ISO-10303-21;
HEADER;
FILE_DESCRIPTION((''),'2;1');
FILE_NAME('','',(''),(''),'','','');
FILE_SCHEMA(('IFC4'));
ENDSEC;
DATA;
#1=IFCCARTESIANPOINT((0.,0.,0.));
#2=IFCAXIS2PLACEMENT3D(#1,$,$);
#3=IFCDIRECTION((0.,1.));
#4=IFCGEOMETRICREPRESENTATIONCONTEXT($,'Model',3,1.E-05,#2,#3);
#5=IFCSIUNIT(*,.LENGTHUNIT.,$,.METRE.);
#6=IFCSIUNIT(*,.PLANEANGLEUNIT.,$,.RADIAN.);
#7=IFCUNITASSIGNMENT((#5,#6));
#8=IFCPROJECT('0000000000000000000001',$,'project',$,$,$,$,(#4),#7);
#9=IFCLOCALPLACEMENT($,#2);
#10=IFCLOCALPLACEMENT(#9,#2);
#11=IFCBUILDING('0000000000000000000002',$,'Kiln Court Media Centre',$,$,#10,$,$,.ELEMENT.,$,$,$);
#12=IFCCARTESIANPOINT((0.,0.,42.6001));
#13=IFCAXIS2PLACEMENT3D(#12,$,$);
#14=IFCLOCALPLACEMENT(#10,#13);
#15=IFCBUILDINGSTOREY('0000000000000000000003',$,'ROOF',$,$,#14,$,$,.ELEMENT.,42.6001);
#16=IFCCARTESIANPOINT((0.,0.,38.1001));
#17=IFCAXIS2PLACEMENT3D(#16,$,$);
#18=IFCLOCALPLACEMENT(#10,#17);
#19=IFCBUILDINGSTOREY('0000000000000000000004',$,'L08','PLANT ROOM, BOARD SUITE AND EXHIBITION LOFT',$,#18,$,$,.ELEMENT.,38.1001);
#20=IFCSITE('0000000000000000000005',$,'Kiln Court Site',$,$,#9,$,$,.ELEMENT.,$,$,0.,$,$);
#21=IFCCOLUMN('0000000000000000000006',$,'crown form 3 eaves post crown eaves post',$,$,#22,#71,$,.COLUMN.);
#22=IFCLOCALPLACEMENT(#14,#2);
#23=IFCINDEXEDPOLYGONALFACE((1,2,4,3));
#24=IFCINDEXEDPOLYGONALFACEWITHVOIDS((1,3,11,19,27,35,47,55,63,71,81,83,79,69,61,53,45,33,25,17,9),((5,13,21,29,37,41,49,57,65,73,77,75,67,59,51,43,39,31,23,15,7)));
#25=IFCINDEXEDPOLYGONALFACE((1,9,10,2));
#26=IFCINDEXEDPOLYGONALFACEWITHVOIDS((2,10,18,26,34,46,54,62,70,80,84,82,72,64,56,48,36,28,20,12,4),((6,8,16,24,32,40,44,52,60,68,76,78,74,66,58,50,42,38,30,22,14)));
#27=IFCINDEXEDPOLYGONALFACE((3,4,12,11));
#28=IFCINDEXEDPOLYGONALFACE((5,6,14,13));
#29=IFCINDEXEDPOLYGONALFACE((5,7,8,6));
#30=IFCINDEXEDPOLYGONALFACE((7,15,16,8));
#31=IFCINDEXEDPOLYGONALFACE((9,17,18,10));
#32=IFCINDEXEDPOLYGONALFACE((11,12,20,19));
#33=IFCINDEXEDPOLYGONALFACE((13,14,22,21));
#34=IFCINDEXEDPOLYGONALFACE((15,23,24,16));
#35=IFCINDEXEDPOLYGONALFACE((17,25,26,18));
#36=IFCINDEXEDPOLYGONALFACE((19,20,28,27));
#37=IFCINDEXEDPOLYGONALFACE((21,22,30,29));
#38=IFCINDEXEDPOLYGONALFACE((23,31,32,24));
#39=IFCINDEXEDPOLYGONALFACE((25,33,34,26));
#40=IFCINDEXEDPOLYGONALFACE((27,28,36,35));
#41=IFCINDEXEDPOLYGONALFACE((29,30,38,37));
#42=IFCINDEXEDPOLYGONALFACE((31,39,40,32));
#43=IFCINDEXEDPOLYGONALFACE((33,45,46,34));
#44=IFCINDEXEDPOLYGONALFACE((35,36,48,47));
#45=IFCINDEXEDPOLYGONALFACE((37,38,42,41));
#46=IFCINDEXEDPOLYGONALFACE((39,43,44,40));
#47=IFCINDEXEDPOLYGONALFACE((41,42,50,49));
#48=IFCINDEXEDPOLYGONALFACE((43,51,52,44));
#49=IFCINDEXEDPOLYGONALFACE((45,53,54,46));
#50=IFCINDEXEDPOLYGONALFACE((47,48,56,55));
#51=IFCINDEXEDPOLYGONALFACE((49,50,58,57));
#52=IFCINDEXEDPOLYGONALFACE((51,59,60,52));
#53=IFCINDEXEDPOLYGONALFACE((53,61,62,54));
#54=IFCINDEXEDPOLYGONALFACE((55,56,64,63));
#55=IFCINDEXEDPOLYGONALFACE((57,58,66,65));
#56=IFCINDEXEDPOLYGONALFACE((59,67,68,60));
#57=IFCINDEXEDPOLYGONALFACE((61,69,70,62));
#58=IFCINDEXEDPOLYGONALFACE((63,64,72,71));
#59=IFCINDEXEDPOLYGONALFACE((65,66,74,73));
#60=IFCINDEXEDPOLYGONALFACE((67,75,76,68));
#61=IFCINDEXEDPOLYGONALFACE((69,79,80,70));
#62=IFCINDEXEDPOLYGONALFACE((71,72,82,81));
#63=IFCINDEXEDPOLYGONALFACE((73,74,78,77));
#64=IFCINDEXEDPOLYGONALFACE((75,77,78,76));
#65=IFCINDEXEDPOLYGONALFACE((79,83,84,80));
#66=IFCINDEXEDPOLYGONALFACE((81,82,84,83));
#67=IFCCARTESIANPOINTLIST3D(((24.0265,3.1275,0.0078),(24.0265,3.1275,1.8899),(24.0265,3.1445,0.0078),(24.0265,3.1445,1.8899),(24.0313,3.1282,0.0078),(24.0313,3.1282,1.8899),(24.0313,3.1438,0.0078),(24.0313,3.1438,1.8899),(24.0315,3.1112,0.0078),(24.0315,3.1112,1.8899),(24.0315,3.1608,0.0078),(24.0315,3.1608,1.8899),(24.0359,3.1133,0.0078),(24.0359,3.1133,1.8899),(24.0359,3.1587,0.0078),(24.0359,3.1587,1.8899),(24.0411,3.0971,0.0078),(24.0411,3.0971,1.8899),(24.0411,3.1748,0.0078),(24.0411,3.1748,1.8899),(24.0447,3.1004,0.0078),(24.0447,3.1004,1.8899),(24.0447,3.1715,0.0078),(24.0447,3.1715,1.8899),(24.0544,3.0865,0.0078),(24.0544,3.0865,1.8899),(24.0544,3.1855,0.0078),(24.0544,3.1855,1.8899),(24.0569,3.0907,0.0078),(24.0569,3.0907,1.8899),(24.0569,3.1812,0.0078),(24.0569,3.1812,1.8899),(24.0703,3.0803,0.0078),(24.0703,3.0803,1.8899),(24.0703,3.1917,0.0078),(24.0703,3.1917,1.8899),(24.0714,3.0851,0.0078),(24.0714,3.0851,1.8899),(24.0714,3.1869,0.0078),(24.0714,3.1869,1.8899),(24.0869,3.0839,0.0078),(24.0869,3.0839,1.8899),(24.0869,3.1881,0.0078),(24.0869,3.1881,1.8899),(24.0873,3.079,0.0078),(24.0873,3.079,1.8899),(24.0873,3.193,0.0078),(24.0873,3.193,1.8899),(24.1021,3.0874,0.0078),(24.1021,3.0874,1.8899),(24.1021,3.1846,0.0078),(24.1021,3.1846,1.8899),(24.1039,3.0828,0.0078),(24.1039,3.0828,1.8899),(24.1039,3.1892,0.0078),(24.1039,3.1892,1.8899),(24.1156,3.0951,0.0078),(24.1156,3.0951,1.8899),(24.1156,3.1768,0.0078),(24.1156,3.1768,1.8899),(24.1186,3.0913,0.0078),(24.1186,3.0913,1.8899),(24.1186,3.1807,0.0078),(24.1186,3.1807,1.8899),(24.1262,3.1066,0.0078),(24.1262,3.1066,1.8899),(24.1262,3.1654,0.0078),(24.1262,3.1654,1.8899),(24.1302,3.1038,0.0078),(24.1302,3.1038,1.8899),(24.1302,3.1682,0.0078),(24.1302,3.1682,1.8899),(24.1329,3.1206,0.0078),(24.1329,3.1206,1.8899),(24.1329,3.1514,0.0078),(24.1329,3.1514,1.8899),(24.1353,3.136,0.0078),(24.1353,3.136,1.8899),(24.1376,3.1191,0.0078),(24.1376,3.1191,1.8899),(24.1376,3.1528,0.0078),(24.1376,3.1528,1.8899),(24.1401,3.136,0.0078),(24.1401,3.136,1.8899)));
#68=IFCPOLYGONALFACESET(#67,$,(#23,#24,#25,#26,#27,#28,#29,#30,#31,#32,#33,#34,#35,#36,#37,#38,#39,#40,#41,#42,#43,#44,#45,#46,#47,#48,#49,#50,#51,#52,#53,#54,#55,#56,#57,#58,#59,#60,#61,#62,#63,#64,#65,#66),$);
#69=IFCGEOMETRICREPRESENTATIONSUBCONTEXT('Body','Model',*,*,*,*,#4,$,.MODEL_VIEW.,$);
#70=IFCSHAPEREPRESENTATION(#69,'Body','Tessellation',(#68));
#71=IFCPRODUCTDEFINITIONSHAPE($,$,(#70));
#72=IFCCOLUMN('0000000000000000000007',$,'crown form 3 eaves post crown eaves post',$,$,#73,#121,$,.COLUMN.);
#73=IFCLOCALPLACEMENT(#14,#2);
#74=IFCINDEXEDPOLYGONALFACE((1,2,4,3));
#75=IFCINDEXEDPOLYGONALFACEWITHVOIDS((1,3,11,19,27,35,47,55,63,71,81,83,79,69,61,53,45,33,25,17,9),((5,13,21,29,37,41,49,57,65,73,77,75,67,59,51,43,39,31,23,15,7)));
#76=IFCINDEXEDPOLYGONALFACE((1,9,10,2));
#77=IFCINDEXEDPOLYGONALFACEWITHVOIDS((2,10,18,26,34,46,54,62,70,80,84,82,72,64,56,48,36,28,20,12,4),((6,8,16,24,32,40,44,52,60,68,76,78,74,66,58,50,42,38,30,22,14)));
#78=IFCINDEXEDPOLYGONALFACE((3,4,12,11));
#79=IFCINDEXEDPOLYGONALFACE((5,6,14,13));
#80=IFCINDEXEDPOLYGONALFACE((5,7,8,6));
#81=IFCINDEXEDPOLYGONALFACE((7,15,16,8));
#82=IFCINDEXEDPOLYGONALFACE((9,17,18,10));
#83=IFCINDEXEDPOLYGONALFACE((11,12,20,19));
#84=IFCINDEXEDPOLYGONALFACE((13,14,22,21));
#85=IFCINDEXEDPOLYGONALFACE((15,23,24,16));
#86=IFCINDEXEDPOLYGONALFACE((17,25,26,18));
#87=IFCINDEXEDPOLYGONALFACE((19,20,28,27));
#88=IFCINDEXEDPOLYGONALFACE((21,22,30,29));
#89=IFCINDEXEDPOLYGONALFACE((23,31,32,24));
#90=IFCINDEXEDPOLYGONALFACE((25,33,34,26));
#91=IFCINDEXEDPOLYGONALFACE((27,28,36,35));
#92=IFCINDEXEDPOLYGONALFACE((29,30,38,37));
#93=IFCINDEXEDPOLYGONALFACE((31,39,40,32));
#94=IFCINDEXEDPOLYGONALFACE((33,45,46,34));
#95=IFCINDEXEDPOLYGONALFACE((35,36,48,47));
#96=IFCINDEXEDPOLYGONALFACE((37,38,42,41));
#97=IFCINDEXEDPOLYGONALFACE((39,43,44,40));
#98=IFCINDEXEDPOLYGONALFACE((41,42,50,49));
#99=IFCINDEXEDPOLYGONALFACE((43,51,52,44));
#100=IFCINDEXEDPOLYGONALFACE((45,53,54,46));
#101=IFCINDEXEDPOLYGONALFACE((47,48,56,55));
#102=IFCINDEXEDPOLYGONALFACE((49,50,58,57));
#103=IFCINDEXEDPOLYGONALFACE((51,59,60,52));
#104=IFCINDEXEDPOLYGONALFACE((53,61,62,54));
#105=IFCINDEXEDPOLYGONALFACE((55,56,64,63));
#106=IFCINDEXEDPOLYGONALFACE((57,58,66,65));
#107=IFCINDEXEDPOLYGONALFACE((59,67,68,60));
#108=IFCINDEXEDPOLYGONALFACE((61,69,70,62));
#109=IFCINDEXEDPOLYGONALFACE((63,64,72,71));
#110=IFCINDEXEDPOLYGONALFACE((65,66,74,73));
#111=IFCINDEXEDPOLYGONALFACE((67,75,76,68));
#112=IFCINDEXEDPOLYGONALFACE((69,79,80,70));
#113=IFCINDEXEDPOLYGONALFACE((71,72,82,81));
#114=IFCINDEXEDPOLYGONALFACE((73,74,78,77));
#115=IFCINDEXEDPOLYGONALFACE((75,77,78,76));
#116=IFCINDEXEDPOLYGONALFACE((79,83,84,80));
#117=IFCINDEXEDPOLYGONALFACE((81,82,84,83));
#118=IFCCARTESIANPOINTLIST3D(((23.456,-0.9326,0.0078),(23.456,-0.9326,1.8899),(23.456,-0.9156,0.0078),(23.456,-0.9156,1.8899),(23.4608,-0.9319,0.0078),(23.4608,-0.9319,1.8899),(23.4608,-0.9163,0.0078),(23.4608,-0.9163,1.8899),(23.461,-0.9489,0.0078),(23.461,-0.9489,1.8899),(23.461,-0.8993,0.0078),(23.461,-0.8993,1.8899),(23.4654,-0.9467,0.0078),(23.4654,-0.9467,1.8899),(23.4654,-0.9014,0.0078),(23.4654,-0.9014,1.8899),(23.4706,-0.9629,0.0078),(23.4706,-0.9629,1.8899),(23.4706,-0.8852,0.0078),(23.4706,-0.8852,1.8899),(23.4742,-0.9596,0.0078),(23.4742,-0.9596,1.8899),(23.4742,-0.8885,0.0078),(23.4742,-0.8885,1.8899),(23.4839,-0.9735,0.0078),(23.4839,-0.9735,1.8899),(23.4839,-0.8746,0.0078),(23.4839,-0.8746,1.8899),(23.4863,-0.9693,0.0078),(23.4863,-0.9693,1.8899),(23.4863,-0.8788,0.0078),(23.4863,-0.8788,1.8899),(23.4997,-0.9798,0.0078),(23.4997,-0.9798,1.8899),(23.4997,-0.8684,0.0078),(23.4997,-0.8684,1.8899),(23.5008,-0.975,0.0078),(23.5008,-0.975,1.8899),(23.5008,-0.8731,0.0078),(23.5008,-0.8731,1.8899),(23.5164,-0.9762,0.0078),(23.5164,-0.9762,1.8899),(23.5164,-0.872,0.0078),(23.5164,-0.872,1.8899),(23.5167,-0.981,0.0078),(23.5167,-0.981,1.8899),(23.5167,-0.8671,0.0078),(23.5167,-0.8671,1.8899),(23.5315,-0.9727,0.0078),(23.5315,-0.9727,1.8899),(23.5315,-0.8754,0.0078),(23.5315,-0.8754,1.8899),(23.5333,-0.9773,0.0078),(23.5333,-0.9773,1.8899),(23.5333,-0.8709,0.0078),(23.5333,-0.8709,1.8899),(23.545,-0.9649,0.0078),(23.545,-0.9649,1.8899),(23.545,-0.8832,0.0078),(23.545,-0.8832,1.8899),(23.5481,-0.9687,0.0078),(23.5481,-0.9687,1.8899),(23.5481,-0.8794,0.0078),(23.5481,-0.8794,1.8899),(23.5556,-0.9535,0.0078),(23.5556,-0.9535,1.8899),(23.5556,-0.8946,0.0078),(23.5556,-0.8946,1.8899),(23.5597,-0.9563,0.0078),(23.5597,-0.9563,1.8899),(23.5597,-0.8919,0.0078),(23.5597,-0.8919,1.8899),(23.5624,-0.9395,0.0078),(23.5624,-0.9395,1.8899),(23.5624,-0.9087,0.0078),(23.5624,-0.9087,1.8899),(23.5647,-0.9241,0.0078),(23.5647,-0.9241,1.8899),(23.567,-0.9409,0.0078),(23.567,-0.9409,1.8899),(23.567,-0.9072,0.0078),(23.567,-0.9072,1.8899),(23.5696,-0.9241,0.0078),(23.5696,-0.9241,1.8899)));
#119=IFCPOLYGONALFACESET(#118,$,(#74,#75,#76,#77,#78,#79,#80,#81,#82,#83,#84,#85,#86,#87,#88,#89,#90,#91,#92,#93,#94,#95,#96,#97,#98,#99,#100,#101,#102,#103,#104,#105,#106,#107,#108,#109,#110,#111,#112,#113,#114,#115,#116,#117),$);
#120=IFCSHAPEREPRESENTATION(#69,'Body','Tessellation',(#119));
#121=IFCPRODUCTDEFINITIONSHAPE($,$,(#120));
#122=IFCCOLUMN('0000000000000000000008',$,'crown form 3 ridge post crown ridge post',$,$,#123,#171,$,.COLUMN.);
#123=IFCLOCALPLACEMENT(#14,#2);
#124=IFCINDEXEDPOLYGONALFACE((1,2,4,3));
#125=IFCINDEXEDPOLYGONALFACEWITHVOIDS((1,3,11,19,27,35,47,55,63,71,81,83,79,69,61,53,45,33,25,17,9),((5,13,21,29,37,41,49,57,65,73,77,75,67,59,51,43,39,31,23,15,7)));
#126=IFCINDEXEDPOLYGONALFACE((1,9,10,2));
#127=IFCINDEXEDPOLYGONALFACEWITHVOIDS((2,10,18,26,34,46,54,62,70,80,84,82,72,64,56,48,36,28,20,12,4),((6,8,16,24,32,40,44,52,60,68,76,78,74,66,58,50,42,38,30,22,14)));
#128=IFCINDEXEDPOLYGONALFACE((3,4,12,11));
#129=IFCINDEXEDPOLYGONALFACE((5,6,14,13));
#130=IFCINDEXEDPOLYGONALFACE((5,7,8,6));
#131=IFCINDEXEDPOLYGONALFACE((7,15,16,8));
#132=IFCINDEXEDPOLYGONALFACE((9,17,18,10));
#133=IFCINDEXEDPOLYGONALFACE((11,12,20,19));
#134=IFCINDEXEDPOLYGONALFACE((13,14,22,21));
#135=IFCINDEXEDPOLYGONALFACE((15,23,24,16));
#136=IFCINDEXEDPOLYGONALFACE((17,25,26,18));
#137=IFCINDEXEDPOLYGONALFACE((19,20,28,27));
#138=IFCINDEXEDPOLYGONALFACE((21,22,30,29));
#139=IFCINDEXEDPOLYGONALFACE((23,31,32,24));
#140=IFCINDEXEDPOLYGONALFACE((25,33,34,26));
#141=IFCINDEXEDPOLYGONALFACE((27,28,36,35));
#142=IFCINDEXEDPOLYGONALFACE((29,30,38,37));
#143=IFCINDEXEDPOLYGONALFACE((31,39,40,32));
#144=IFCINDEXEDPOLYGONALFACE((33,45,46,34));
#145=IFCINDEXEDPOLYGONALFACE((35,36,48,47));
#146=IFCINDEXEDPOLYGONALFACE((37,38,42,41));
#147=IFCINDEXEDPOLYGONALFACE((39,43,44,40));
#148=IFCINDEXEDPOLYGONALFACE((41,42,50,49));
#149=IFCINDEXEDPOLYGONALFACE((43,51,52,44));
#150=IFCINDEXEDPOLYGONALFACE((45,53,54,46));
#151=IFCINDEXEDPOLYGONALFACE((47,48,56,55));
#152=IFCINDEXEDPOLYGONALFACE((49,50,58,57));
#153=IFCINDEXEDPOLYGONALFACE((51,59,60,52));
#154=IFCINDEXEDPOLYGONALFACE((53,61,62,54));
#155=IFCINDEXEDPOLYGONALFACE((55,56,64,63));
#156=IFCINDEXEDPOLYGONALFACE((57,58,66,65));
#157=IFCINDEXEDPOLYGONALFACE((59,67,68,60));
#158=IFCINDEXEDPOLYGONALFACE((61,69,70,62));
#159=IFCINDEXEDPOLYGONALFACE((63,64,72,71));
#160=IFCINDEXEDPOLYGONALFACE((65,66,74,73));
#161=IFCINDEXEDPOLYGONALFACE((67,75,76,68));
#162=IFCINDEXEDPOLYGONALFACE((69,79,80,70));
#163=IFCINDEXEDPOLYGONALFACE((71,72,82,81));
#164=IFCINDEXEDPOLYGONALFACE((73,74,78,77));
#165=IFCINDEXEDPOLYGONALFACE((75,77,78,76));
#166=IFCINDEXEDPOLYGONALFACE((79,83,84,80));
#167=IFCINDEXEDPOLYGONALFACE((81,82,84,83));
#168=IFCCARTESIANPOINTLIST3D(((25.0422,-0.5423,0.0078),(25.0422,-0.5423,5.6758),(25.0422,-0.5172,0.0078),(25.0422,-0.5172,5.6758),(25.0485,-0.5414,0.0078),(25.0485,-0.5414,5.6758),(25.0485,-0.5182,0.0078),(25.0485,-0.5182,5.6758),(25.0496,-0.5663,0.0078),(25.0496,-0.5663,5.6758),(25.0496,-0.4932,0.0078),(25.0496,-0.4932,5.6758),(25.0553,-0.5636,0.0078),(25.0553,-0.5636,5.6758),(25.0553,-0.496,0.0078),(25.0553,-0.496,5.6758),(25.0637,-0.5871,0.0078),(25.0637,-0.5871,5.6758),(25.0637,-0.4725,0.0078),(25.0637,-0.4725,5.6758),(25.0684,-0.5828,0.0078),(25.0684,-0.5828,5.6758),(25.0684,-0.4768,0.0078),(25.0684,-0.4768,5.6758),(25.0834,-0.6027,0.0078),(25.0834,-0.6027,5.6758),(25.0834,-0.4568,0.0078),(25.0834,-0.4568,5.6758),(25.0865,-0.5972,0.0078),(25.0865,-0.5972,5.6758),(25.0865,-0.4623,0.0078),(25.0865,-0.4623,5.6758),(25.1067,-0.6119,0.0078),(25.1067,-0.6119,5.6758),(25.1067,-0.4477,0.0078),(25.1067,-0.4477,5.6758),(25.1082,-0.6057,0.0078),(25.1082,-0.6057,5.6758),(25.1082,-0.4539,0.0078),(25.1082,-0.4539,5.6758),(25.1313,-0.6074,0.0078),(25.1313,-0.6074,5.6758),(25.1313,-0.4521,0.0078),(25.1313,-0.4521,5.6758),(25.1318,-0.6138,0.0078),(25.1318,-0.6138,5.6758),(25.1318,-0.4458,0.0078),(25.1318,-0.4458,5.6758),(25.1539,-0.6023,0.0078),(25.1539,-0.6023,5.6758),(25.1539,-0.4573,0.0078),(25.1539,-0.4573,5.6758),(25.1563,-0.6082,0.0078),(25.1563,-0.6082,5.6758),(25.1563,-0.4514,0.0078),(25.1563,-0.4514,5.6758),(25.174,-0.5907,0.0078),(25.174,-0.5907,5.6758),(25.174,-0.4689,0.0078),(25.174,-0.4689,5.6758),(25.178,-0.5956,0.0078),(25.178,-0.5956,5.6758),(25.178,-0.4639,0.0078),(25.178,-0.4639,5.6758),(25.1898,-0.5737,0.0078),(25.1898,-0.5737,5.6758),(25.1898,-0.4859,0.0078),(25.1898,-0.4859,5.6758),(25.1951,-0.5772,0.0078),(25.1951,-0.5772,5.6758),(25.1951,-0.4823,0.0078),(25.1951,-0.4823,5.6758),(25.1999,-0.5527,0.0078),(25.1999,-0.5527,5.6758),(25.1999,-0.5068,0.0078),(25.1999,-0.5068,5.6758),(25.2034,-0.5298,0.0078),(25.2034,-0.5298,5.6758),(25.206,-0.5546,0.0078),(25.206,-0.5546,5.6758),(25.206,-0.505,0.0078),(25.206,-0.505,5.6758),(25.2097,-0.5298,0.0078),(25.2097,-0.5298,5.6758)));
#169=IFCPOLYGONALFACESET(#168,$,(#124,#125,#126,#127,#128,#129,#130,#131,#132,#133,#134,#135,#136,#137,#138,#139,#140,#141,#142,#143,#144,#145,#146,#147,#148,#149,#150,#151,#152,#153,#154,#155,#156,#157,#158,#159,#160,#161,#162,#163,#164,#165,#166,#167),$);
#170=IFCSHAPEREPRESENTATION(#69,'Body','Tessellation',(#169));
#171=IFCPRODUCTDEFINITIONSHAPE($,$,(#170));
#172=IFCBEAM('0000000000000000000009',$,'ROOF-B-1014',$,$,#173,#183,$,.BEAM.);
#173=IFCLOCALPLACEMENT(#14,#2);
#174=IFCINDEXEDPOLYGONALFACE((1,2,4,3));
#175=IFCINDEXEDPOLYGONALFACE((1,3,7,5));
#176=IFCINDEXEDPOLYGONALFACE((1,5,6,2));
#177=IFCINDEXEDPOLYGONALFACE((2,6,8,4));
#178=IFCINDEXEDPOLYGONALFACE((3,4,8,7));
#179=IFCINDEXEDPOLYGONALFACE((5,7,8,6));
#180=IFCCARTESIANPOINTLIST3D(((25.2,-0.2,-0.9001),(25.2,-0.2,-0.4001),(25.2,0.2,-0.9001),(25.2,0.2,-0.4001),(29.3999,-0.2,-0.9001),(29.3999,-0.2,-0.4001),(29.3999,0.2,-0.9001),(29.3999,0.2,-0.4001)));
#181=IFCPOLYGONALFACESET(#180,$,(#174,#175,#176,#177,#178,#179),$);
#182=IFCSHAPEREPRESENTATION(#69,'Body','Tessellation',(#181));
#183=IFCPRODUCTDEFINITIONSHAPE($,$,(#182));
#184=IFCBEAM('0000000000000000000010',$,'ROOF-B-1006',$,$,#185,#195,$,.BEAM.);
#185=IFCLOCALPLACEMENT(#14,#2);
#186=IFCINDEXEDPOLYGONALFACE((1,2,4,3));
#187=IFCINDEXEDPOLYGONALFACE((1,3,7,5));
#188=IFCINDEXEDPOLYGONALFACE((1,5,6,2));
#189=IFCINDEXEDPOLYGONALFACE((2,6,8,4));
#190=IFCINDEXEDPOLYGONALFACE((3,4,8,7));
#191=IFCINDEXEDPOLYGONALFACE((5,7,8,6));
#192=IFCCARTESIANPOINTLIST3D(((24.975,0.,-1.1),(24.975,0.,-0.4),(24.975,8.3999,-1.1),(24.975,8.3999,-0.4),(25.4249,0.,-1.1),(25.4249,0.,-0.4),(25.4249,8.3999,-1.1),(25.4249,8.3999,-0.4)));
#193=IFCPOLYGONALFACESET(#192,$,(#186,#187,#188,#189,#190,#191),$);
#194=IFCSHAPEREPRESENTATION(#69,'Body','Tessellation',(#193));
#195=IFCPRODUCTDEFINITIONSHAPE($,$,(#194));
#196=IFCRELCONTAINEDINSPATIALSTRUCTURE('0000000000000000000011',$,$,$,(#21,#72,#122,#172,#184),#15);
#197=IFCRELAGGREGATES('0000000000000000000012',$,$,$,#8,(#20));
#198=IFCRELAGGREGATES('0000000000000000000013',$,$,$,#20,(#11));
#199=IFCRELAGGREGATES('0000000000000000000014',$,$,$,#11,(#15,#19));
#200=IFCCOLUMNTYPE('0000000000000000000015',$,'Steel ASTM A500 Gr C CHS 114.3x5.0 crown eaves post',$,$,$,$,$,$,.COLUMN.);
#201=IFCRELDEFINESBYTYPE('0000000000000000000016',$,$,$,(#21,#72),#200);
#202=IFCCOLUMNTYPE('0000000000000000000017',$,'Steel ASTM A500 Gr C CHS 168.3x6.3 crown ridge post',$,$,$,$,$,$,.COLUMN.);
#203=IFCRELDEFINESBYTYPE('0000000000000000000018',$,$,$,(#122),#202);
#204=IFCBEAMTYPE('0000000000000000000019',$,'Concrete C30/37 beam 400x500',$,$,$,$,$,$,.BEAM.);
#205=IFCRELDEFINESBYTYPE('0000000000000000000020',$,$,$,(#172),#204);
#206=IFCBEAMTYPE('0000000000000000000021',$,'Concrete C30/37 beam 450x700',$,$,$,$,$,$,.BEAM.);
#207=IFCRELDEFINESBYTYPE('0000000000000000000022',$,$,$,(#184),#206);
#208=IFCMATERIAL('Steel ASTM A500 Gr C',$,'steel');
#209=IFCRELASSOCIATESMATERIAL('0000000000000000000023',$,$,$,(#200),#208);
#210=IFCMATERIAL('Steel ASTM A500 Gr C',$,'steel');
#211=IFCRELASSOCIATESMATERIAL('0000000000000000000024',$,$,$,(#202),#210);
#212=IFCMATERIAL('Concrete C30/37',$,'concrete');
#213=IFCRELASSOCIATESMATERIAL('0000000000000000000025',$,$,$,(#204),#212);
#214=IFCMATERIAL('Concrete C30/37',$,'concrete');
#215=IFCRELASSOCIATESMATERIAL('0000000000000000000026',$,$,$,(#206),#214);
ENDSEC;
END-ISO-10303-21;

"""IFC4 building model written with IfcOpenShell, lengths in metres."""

from ifc_helpers import new_model, si_unit, direction, frame, origin, origin_2d, place, context, subcontext, project, spatial, rectangle, hollow_circle, extrude, material, material_profile, profile_set, type_object, element, save


model = new_model("IFC4")

# Units and contexts
model_context = context("Model", 3, precision=1e-05, world=origin(), true_north=direction((0.0, 1.0)))
body_context = subcontext(model_context, "Body", "Model", "MODEL_VIEW")
ifc_project = project(units=[si_unit("LENGTHUNIT", "METRE"), si_unit("PLANEANGLEUNIT", "RADIAN")], contexts=[model_context])

# Site, building, storey
site_placement = place(None, origin())
site = spatial("IfcSite", under=ifc_project, at=site_placement, Name="Kiln Court Site", CompositionType="ELEMENT", RefElevation=0.0)
building_placement = place(site_placement, origin())
building = spatial("IfcBuilding", under=site, at=building_placement, Name="Kiln Court Media Centre", CompositionType="ELEMENT")
storey_1_placement = place(building_placement, frame((0.0, 0.0, 42.6001)))
storey_1 = spatial("IfcBuildingStorey", under=building, at=storey_1_placement, Name="ROOF", CompositionType="ELEMENT", Elevation=42.6001)

# Columns
ifc_material_1 = material(Name="Steel ASTM A500 Gr C", Category="steel")
ifc_material_profile_1 = material_profile(ifc_material_1, hollow_circle(Radius=0.0571, WallThickness=0.0049, at=origin_2d()), Name="CHS 114.3x5.0")
ifc_profile_set_1 = profile_set([ifc_material_profile_1], Name="Steel ASTM A500 Gr C")
column_type_1 = type_object("IfcColumnType", Name="Steel ASTM A500 Gr C CHS 114.3x5.0 crown eaves post", PredefinedType="COLUMN", material=ifc_profile_set_1)
for number, where, z_axis, x_axis, name in (
    (1, (24.083, 3.136, 0.0078), (0.0, 0.0, 1.0), (1.0, 0.0, 0.0), "crown form 3 eaves post crown eaves post"),
    (2, (23.5125, -0.9241, 0.0078), (0.0, 0.0, 1.0), (1.0, 0.0, 0.0), "crown form 3 eaves post crown eaves post"),
):
    element("IfcColumn", number, at=place(storey_1_placement, frame(where, z_axis=z_axis, x_axis=x_axis)), inside=storey_1, type_object=column_type_1, Name=name, PredefinedType="COLUMN", context=body_context, shape_type="SweptSolid", body=[
        extrude(hollow_circle(Radius=0.0571, WallThickness=0.0049, at=origin_2d()), origin(), (0.0, 0.0, 1.0), 1.8821),
    ])
ifc_material_2 = material(Name="Steel ASTM A500 Gr C", Category="steel")
ifc_material_profile_2 = material_profile(ifc_material_2, hollow_circle(Radius=0.0842, WallThickness=0.0063, at=origin_2d()), Name="CHS 168.3x6.3")
ifc_profile_set_2 = profile_set([ifc_material_profile_2], Name="Steel ASTM A500 Gr C")
column_type_2 = type_object("IfcColumnType", Name="Steel ASTM A500 Gr C CHS 168.3x6.3 crown ridge post", PredefinedType="COLUMN", material=ifc_profile_set_2)
column_placement = place(storey_1_placement, frame((25.1255, -0.5298, 0.0078), z_axis=(0.0, 0.0, 1.0), x_axis=(1.0, 0.0, 0.0)))
element("IfcColumn", 3, at=column_placement, inside=storey_1, type_object=column_type_2, Name="crown form 3 ridge post crown ridge post", PredefinedType="COLUMN", context=body_context, shape_type="SweptSolid", body=[
    extrude(hollow_circle(Radius=0.0842, WallThickness=0.0063, at=origin_2d()), origin(), (0.0, 0.0, 1.0), 5.668),
])

# Beams
ifc_material_3 = material(Name="Concrete C30/37", Category="concrete")
ifc_material_profile_3 = material_profile(ifc_material_3, rectangle(XDim=0.3999, YDim=0.5, at=origin_2d()), Name="RC 400x500")
ifc_profile_set_3 = profile_set([ifc_material_profile_3], Name="Concrete C30/37")
beam_type_1 = type_object("IfcBeamType", Name="Concrete C30/37 beam 400x500", PredefinedType="BEAM", material=ifc_profile_set_3)
beam_1_placement = place(storey_1_placement, frame((25.2, 0.0, -0.6501), z_axis=(1.0, 0.0, 0.0), x_axis=(0.0, 1.0, 0.0)))
element("IfcBeam", 4, at=beam_1_placement, inside=storey_1, type_object=beam_type_1, Name="ROOF-B-1014", PredefinedType="BEAM", context=body_context, shape_type="SweptSolid", body=[
    extrude(rectangle(XDim=0.3999, YDim=0.5, at=origin_2d()), origin(), (0.0, 0.0, 1.0), 4.2),
])
ifc_material_4 = material(Name="Concrete C30/37", Category="concrete")
ifc_material_profile_4 = material_profile(ifc_material_4, rectangle(XDim=0.45, YDim=0.7, at=origin_2d()), Name="RC 450x700")
ifc_profile_set_4 = profile_set([ifc_material_profile_4], Name="Concrete C30/37")
beam_type_2 = type_object("IfcBeamType", Name="Concrete C30/37 beam 450x700", PredefinedType="BEAM", material=ifc_profile_set_4)
beam_2_placement = place(storey_1_placement, frame((25.2, 0.0, -0.75), z_axis=(0.0, 1.0, 0.0), x_axis=(-1.0, 0.0, 0.0)))
element("IfcBeam", 5, at=beam_2_placement, inside=storey_1, type_object=beam_type_2, Name="ROOF-B-1006", PredefinedType="BEAM", context=body_context, shape_type="SweptSolid", body=[
    extrude(rectangle(XDim=0.45, YDim=0.7, at=origin_2d()), origin(), (0.0, 0.0, 1.0), 8.3999),
])

# Shared definitions
storey_2_placement = place(building_placement, frame((0.0, 0.0, 38.1001)))
storey_2 = spatial("IfcBuildingStorey", under=building, at=storey_2_placement, Name="L08", Description="PLANT ROOM, BOARD SUITE AND EXHIBITION LOFT", CompositionType="ELEMENT", Elevation=38.1001)

save(model, "model.ifc")
